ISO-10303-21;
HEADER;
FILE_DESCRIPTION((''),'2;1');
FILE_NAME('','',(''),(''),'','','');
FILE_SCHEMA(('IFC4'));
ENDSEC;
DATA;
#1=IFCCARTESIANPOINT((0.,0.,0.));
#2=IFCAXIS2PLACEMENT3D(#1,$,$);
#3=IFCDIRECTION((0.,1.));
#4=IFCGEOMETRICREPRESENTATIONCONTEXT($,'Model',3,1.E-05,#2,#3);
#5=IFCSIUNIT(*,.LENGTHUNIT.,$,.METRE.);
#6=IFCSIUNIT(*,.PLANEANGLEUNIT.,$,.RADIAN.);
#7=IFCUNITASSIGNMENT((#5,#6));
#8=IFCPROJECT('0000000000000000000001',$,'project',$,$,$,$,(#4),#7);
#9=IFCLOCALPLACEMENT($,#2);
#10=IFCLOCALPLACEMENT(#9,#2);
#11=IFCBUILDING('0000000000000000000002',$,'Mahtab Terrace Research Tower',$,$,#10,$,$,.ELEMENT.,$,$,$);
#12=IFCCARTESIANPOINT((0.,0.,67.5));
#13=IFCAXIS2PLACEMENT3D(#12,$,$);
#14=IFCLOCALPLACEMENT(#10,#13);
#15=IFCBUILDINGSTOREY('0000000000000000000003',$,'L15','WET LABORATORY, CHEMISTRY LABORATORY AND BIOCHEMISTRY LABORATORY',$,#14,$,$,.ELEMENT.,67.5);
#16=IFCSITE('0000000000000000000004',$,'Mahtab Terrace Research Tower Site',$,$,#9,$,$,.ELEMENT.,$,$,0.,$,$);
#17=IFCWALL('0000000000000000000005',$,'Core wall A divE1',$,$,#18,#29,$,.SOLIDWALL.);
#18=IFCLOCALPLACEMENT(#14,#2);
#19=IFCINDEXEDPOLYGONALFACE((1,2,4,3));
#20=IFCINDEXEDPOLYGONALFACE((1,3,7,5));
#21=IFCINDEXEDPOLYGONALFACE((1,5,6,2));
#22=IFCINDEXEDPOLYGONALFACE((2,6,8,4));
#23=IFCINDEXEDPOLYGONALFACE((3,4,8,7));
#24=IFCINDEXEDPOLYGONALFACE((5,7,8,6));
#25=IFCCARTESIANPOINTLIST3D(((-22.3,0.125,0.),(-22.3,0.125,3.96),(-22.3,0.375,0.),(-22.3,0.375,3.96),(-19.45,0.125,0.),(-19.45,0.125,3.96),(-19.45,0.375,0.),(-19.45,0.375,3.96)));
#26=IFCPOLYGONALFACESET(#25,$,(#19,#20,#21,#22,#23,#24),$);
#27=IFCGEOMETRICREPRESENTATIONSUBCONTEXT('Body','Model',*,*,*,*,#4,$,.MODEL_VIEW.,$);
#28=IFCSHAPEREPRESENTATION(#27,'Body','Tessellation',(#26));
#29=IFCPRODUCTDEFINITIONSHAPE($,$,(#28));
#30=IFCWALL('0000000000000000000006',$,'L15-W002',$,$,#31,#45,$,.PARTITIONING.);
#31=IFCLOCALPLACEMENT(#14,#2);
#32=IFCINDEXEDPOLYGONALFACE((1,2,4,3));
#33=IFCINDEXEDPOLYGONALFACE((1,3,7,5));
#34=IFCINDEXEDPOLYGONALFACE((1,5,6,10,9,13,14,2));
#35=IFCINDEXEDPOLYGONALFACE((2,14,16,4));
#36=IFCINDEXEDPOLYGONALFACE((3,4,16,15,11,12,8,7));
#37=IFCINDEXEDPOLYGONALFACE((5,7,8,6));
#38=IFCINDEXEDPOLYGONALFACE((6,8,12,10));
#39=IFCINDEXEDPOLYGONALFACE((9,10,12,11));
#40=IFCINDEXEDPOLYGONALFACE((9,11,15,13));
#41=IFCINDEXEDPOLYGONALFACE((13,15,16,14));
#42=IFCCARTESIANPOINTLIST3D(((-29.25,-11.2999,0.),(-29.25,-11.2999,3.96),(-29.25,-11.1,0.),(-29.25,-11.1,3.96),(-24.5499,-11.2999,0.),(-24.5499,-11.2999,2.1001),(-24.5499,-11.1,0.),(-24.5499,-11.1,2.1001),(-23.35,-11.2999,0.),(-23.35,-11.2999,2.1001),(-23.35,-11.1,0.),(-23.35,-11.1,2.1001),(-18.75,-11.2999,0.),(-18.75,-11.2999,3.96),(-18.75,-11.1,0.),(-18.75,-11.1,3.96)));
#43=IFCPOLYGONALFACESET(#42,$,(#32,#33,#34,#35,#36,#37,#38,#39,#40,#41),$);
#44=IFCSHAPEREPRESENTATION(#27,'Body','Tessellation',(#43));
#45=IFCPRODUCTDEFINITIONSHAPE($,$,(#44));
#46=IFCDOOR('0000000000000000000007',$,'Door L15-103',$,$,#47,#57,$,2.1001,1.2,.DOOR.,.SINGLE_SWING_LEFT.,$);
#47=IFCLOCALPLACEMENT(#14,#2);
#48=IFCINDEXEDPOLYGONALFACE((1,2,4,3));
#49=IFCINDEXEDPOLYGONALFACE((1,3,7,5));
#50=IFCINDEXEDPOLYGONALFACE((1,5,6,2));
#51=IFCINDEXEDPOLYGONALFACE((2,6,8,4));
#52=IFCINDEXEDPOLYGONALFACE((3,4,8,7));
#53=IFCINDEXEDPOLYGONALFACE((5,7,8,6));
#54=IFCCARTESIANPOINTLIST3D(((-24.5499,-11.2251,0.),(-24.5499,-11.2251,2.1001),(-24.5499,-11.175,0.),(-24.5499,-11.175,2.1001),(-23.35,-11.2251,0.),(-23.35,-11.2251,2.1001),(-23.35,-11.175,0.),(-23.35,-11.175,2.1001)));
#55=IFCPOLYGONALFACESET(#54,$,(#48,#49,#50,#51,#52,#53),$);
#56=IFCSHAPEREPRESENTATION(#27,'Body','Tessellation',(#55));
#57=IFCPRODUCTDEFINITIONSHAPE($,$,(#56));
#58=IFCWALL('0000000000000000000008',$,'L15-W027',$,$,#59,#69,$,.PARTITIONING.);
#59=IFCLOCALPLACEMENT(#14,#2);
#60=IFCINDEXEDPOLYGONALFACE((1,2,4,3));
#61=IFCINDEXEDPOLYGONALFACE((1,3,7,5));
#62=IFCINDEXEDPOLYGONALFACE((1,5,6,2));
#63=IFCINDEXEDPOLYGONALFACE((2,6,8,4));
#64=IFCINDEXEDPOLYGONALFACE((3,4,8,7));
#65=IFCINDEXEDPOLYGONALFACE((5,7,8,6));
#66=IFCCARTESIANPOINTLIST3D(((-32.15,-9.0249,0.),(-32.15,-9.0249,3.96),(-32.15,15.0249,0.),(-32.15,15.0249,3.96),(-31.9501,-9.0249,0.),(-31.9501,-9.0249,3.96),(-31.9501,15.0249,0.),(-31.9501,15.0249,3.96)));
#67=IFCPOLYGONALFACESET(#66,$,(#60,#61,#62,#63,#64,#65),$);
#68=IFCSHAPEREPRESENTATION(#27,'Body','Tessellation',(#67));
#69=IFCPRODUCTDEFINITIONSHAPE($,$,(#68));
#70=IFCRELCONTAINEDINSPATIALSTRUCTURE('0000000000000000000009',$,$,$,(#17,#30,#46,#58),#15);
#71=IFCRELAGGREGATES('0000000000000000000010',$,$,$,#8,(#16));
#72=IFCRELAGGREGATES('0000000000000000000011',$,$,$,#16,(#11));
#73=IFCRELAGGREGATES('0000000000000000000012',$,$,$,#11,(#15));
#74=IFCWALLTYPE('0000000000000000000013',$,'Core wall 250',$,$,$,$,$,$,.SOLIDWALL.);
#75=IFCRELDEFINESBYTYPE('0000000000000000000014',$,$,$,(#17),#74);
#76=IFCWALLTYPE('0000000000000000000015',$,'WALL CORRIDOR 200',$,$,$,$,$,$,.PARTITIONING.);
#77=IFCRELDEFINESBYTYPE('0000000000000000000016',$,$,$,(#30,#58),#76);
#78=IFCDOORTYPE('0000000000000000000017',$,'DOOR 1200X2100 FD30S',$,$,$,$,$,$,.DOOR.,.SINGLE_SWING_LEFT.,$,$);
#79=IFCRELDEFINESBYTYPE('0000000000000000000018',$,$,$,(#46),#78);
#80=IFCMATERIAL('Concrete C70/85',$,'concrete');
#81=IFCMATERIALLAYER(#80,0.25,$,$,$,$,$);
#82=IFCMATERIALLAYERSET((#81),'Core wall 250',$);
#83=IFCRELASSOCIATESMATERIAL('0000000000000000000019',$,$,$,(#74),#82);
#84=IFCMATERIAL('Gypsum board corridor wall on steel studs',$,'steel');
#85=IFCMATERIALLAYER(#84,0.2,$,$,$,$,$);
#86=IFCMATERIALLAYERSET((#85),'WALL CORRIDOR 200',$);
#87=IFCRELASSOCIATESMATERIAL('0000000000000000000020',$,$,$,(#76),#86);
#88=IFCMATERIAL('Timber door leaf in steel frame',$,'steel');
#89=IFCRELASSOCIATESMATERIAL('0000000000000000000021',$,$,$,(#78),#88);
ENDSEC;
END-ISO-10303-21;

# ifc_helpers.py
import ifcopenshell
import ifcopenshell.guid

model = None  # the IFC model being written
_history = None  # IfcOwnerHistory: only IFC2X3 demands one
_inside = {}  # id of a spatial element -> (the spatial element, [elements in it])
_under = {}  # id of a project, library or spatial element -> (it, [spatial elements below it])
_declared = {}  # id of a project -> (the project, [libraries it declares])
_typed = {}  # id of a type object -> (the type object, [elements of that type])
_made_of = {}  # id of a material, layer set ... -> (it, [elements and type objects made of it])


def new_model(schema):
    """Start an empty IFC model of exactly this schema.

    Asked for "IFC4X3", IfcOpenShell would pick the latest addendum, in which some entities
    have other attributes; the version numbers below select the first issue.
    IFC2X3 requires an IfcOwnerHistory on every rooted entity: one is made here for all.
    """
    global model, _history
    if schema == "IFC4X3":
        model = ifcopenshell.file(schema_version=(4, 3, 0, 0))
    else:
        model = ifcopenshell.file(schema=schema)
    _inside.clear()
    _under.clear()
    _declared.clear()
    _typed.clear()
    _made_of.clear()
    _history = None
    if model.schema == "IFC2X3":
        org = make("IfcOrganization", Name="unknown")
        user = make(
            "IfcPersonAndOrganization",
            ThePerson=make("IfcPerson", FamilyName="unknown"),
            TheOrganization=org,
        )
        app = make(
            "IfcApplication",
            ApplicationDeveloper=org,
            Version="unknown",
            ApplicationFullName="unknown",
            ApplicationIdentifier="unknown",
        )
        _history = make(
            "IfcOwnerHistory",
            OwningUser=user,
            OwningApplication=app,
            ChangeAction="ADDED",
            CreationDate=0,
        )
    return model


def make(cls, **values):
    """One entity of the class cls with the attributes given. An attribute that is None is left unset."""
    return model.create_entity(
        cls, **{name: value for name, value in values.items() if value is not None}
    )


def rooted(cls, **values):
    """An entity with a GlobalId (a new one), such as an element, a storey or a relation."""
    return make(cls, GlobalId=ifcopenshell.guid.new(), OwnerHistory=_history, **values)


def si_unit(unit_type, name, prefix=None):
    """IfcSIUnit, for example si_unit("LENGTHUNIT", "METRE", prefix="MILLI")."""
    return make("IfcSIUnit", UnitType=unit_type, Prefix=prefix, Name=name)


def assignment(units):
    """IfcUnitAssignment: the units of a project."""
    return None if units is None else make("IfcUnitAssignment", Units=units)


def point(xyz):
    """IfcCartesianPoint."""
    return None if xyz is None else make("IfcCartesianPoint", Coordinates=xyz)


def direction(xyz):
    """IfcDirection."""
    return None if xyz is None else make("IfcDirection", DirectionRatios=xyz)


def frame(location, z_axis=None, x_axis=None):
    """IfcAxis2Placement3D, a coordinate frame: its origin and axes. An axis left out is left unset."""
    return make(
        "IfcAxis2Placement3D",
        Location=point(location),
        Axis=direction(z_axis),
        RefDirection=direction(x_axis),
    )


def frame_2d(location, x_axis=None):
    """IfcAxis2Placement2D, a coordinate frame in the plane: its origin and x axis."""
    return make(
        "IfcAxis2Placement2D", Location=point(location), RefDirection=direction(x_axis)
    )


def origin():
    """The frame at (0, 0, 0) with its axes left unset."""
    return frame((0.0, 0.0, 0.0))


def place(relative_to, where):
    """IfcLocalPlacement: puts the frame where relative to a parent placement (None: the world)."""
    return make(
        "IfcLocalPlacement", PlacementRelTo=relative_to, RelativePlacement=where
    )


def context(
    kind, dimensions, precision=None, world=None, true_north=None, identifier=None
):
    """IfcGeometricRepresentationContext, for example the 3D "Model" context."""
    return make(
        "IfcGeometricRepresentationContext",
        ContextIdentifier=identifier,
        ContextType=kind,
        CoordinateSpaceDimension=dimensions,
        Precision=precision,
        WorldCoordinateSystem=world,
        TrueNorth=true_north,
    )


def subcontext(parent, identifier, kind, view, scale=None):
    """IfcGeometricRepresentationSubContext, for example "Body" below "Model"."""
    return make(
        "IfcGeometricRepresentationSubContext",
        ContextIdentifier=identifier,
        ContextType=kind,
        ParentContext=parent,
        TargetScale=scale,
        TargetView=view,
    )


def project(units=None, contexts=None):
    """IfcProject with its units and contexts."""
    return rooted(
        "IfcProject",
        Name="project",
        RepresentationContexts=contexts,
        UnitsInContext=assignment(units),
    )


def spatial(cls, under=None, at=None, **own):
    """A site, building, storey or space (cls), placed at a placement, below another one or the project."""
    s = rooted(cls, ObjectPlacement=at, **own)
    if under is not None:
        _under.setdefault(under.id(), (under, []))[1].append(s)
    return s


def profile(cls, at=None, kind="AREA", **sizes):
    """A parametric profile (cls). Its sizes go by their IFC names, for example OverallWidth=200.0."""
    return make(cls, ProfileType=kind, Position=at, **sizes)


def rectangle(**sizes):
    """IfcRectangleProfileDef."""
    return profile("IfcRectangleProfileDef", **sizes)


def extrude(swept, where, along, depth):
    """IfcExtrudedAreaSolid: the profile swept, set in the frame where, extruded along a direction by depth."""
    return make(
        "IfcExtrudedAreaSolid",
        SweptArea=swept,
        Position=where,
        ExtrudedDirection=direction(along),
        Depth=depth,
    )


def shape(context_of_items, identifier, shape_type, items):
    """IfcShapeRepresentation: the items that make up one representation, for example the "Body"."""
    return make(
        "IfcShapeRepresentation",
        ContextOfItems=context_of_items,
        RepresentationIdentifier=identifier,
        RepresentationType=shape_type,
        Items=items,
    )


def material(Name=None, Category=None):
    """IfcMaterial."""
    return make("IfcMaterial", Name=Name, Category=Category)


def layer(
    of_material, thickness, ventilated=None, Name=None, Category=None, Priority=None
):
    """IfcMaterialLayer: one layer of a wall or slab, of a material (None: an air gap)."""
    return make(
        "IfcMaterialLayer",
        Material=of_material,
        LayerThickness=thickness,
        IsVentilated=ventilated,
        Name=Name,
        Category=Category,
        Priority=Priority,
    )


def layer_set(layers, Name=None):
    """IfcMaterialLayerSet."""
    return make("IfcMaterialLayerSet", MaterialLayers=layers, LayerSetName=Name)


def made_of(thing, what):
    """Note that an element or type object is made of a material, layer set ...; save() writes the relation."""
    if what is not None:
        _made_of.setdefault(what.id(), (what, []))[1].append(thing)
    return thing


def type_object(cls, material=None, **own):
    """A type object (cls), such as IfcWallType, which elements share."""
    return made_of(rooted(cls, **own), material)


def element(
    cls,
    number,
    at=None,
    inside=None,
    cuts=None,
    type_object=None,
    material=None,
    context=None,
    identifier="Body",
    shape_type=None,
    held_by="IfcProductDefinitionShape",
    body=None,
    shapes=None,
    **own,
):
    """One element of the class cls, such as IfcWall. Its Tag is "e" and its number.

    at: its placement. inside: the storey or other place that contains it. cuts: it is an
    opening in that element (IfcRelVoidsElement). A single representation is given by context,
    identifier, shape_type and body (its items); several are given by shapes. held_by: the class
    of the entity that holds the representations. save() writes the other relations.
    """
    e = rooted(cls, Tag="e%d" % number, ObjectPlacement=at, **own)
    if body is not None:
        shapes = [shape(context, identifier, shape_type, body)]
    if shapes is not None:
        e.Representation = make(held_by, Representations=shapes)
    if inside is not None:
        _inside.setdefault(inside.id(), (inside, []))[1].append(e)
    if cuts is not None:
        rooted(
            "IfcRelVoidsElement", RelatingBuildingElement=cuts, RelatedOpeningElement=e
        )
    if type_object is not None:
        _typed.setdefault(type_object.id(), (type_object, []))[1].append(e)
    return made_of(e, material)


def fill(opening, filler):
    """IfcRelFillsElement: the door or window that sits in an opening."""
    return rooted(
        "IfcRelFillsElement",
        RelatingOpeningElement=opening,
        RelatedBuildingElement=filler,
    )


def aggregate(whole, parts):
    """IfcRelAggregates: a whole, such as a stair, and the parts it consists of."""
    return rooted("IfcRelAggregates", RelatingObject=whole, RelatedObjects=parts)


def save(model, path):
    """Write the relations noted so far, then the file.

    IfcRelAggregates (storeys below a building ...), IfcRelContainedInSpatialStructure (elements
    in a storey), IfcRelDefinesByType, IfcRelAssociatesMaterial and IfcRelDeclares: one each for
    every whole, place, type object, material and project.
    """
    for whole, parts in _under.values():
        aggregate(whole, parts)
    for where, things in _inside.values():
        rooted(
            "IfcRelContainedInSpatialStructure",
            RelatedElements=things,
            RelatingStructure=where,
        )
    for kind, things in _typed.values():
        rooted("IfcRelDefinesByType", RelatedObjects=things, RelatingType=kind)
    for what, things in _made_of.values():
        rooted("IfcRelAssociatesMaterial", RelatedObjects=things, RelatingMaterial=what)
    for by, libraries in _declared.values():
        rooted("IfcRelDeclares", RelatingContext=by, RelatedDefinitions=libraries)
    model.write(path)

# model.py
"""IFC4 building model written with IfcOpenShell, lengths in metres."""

from ifc_helpers import new_model, si_unit, direction, frame, frame_2d, origin, place, context, subcontext, project, spatial, rectangle, extrude, material, layer, layer_set, type_object, element, fill, save


model = new_model("IFC4")

# Units and contexts
model_context = context("Model", 3, precision=1e-05, world=origin(), true_north=direction((0.0, 1.0)))
body_context = subcontext(model_context, "Body", "Model", "MODEL_VIEW")
ifc_project = project(units=[si_unit("LENGTHUNIT", "METRE"), si_unit("PLANEANGLEUNIT", "RADIAN")], contexts=[model_context])

# Site, building, storey
site_placement = place(None, origin())
site = spatial("IfcSite", under=ifc_project, at=site_placement, Name="Mahtab Terrace Research Tower Site", CompositionType="ELEMENT", RefElevation=0.0)
building_placement = place(site_placement, origin())
building = spatial("IfcBuilding", under=site, at=building_placement, Name="Mahtab Terrace Research Tower", CompositionType="ELEMENT")
storey_placement = place(building_placement, frame((0.0, 0.0, 67.5)))
storey = spatial("IfcBuildingStorey", under=building, at=storey_placement, Name="L15", Description="WET LABORATORY, CHEMISTRY LABORATORY AND BIOCHEMISTRY LABORATORY", CompositionType="ELEMENT", Elevation=67.5)

# Shared definitions
ifc_material_1 = material(Name="Concrete C70/85", Category="concrete")

# Shared definitions
ifc_layer_1 = layer(ifc_material_1, 0.25)
ifc_layer_set_1 = layer_set([ifc_layer_1], Name="Core wall 250")
wall_type_1 = type_object("IfcWallType", Name="Core wall 250", PredefinedType="SOLIDWALL", material=ifc_layer_set_1)

# Wall
for number, where, z_axis, x_axis, name in (
    (1, (-22.3, 0.25, 0.0), (0.0, 0.0, 1.0), (1.0, 0.0, 0.0), "Core wall A divE1"),
):
    element("IfcWall", number, at=place(storey_placement, frame(where, z_axis=z_axis, x_axis=x_axis)), inside=storey, type_object=wall_type_1, Name=name, PredefinedType="SOLIDWALL", context=body_context, shape_type="SweptSolid", body=[
        extrude(rectangle(XDim=2.8501, YDim=0.25, at=frame_2d((1.425, 0.0))), origin(), (0.0, 0.0, 1.0), 3.96),
    ])

# Wall, opening, door
ifc_material_2 = material(Name="Gypsum board corridor wall on steel studs", Category="steel")
ifc_layer_2 = layer(ifc_material_2, 0.2)
ifc_layer_set_2 = layer_set([ifc_layer_2], Name="WALL CORRIDOR 200")
wall_type_2 = type_object("IfcWallType", Name="WALL CORRIDOR 200", PredefinedType="PARTITIONING", material=ifc_layer_set_2)
wall_1_placement = place(storey_placement, frame((-29.25, -11.2, 0.0), z_axis=(0.0, 0.0, 1.0), x_axis=(1.0, 0.0, 0.0)))
wall_1 = element("IfcWall", 2, at=wall_1_placement, inside=storey, type_object=wall_type_2, Name="L15-W002", PredefinedType="PARTITIONING", context=body_context, shape_type="SweptSolid", body=[
    extrude(rectangle(XDim=10.5, YDim=0.2, at=frame_2d((5.25, 0.0))), origin(), (0.0, 0.0, 1.0), 3.96),
])
opening_1_placement = place(wall_1_placement, frame((4.7, 0.0, 0.0)))
opening_1 = element("IfcOpeningElement", 3, at=opening_1_placement, cuts=wall_1, PredefinedType="OPENING", context=body_context, shape_type="SweptSolid", body=[
    extrude(rectangle(XDim=1.2, YDim=2.1001, at=frame_2d((0.6001, 1.05))), frame((0.0, 0.1099, 0.0), z_axis=(0.0, -1.0, 0.0), x_axis=(1.0, 0.0, 0.0)), (0.0, 0.0, 1.0), 0.22),
])
ifc_material_3 = material(Name="Timber door leaf in steel frame", Category="steel")
door_type_1 = type_object("IfcDoorType", Name="DOOR 1200X2100 FD30S", OperationType="SINGLE_SWING_LEFT", PredefinedType="DOOR", material=ifc_material_3)
door_1_placement = place(opening_1_placement, origin())
door_1 = element("IfcDoor", 4, at=door_1_placement, inside=storey, type_object=door_type_1, Name="Door L15-103", OperationType="SINGLE_SWING_LEFT", OverallHeight=2.1001, OverallWidth=1.2, PredefinedType="DOOR", context=body_context, shape_type="SweptSolid", body=[
    extrude(rectangle(XDim=1.2, YDim=2.1001, at=frame_2d((0.6001, 1.05))), frame((0.0, 0.0249, 0.0), z_axis=(0.0, -1.0, 0.0), x_axis=(1.0, 0.0, 0.0)), (0.0, 0.0, 1.0), 0.05),
])
fill(opening_1, door_1)

# Wall
wall_2_placement = place(storey_placement, frame((-32.05, -9.0249, 0.0), z_axis=(0.0, 0.0, 1.0), x_axis=(0.0, 1.0, 0.0)))
element("IfcWall", 5, at=wall_2_placement, inside=storey, type_object=wall_type_2, Name="L15-W027", PredefinedType="PARTITIONING", context=body_context, shape_type="SweptSolid", body=[
    extrude(rectangle(XDim=24.0498, YDim=0.2, at=frame_2d((12.0249, 0.0))), origin(), (0.0, 0.0, 1.0), 3.96),
])

save(model, "model.ifc")
